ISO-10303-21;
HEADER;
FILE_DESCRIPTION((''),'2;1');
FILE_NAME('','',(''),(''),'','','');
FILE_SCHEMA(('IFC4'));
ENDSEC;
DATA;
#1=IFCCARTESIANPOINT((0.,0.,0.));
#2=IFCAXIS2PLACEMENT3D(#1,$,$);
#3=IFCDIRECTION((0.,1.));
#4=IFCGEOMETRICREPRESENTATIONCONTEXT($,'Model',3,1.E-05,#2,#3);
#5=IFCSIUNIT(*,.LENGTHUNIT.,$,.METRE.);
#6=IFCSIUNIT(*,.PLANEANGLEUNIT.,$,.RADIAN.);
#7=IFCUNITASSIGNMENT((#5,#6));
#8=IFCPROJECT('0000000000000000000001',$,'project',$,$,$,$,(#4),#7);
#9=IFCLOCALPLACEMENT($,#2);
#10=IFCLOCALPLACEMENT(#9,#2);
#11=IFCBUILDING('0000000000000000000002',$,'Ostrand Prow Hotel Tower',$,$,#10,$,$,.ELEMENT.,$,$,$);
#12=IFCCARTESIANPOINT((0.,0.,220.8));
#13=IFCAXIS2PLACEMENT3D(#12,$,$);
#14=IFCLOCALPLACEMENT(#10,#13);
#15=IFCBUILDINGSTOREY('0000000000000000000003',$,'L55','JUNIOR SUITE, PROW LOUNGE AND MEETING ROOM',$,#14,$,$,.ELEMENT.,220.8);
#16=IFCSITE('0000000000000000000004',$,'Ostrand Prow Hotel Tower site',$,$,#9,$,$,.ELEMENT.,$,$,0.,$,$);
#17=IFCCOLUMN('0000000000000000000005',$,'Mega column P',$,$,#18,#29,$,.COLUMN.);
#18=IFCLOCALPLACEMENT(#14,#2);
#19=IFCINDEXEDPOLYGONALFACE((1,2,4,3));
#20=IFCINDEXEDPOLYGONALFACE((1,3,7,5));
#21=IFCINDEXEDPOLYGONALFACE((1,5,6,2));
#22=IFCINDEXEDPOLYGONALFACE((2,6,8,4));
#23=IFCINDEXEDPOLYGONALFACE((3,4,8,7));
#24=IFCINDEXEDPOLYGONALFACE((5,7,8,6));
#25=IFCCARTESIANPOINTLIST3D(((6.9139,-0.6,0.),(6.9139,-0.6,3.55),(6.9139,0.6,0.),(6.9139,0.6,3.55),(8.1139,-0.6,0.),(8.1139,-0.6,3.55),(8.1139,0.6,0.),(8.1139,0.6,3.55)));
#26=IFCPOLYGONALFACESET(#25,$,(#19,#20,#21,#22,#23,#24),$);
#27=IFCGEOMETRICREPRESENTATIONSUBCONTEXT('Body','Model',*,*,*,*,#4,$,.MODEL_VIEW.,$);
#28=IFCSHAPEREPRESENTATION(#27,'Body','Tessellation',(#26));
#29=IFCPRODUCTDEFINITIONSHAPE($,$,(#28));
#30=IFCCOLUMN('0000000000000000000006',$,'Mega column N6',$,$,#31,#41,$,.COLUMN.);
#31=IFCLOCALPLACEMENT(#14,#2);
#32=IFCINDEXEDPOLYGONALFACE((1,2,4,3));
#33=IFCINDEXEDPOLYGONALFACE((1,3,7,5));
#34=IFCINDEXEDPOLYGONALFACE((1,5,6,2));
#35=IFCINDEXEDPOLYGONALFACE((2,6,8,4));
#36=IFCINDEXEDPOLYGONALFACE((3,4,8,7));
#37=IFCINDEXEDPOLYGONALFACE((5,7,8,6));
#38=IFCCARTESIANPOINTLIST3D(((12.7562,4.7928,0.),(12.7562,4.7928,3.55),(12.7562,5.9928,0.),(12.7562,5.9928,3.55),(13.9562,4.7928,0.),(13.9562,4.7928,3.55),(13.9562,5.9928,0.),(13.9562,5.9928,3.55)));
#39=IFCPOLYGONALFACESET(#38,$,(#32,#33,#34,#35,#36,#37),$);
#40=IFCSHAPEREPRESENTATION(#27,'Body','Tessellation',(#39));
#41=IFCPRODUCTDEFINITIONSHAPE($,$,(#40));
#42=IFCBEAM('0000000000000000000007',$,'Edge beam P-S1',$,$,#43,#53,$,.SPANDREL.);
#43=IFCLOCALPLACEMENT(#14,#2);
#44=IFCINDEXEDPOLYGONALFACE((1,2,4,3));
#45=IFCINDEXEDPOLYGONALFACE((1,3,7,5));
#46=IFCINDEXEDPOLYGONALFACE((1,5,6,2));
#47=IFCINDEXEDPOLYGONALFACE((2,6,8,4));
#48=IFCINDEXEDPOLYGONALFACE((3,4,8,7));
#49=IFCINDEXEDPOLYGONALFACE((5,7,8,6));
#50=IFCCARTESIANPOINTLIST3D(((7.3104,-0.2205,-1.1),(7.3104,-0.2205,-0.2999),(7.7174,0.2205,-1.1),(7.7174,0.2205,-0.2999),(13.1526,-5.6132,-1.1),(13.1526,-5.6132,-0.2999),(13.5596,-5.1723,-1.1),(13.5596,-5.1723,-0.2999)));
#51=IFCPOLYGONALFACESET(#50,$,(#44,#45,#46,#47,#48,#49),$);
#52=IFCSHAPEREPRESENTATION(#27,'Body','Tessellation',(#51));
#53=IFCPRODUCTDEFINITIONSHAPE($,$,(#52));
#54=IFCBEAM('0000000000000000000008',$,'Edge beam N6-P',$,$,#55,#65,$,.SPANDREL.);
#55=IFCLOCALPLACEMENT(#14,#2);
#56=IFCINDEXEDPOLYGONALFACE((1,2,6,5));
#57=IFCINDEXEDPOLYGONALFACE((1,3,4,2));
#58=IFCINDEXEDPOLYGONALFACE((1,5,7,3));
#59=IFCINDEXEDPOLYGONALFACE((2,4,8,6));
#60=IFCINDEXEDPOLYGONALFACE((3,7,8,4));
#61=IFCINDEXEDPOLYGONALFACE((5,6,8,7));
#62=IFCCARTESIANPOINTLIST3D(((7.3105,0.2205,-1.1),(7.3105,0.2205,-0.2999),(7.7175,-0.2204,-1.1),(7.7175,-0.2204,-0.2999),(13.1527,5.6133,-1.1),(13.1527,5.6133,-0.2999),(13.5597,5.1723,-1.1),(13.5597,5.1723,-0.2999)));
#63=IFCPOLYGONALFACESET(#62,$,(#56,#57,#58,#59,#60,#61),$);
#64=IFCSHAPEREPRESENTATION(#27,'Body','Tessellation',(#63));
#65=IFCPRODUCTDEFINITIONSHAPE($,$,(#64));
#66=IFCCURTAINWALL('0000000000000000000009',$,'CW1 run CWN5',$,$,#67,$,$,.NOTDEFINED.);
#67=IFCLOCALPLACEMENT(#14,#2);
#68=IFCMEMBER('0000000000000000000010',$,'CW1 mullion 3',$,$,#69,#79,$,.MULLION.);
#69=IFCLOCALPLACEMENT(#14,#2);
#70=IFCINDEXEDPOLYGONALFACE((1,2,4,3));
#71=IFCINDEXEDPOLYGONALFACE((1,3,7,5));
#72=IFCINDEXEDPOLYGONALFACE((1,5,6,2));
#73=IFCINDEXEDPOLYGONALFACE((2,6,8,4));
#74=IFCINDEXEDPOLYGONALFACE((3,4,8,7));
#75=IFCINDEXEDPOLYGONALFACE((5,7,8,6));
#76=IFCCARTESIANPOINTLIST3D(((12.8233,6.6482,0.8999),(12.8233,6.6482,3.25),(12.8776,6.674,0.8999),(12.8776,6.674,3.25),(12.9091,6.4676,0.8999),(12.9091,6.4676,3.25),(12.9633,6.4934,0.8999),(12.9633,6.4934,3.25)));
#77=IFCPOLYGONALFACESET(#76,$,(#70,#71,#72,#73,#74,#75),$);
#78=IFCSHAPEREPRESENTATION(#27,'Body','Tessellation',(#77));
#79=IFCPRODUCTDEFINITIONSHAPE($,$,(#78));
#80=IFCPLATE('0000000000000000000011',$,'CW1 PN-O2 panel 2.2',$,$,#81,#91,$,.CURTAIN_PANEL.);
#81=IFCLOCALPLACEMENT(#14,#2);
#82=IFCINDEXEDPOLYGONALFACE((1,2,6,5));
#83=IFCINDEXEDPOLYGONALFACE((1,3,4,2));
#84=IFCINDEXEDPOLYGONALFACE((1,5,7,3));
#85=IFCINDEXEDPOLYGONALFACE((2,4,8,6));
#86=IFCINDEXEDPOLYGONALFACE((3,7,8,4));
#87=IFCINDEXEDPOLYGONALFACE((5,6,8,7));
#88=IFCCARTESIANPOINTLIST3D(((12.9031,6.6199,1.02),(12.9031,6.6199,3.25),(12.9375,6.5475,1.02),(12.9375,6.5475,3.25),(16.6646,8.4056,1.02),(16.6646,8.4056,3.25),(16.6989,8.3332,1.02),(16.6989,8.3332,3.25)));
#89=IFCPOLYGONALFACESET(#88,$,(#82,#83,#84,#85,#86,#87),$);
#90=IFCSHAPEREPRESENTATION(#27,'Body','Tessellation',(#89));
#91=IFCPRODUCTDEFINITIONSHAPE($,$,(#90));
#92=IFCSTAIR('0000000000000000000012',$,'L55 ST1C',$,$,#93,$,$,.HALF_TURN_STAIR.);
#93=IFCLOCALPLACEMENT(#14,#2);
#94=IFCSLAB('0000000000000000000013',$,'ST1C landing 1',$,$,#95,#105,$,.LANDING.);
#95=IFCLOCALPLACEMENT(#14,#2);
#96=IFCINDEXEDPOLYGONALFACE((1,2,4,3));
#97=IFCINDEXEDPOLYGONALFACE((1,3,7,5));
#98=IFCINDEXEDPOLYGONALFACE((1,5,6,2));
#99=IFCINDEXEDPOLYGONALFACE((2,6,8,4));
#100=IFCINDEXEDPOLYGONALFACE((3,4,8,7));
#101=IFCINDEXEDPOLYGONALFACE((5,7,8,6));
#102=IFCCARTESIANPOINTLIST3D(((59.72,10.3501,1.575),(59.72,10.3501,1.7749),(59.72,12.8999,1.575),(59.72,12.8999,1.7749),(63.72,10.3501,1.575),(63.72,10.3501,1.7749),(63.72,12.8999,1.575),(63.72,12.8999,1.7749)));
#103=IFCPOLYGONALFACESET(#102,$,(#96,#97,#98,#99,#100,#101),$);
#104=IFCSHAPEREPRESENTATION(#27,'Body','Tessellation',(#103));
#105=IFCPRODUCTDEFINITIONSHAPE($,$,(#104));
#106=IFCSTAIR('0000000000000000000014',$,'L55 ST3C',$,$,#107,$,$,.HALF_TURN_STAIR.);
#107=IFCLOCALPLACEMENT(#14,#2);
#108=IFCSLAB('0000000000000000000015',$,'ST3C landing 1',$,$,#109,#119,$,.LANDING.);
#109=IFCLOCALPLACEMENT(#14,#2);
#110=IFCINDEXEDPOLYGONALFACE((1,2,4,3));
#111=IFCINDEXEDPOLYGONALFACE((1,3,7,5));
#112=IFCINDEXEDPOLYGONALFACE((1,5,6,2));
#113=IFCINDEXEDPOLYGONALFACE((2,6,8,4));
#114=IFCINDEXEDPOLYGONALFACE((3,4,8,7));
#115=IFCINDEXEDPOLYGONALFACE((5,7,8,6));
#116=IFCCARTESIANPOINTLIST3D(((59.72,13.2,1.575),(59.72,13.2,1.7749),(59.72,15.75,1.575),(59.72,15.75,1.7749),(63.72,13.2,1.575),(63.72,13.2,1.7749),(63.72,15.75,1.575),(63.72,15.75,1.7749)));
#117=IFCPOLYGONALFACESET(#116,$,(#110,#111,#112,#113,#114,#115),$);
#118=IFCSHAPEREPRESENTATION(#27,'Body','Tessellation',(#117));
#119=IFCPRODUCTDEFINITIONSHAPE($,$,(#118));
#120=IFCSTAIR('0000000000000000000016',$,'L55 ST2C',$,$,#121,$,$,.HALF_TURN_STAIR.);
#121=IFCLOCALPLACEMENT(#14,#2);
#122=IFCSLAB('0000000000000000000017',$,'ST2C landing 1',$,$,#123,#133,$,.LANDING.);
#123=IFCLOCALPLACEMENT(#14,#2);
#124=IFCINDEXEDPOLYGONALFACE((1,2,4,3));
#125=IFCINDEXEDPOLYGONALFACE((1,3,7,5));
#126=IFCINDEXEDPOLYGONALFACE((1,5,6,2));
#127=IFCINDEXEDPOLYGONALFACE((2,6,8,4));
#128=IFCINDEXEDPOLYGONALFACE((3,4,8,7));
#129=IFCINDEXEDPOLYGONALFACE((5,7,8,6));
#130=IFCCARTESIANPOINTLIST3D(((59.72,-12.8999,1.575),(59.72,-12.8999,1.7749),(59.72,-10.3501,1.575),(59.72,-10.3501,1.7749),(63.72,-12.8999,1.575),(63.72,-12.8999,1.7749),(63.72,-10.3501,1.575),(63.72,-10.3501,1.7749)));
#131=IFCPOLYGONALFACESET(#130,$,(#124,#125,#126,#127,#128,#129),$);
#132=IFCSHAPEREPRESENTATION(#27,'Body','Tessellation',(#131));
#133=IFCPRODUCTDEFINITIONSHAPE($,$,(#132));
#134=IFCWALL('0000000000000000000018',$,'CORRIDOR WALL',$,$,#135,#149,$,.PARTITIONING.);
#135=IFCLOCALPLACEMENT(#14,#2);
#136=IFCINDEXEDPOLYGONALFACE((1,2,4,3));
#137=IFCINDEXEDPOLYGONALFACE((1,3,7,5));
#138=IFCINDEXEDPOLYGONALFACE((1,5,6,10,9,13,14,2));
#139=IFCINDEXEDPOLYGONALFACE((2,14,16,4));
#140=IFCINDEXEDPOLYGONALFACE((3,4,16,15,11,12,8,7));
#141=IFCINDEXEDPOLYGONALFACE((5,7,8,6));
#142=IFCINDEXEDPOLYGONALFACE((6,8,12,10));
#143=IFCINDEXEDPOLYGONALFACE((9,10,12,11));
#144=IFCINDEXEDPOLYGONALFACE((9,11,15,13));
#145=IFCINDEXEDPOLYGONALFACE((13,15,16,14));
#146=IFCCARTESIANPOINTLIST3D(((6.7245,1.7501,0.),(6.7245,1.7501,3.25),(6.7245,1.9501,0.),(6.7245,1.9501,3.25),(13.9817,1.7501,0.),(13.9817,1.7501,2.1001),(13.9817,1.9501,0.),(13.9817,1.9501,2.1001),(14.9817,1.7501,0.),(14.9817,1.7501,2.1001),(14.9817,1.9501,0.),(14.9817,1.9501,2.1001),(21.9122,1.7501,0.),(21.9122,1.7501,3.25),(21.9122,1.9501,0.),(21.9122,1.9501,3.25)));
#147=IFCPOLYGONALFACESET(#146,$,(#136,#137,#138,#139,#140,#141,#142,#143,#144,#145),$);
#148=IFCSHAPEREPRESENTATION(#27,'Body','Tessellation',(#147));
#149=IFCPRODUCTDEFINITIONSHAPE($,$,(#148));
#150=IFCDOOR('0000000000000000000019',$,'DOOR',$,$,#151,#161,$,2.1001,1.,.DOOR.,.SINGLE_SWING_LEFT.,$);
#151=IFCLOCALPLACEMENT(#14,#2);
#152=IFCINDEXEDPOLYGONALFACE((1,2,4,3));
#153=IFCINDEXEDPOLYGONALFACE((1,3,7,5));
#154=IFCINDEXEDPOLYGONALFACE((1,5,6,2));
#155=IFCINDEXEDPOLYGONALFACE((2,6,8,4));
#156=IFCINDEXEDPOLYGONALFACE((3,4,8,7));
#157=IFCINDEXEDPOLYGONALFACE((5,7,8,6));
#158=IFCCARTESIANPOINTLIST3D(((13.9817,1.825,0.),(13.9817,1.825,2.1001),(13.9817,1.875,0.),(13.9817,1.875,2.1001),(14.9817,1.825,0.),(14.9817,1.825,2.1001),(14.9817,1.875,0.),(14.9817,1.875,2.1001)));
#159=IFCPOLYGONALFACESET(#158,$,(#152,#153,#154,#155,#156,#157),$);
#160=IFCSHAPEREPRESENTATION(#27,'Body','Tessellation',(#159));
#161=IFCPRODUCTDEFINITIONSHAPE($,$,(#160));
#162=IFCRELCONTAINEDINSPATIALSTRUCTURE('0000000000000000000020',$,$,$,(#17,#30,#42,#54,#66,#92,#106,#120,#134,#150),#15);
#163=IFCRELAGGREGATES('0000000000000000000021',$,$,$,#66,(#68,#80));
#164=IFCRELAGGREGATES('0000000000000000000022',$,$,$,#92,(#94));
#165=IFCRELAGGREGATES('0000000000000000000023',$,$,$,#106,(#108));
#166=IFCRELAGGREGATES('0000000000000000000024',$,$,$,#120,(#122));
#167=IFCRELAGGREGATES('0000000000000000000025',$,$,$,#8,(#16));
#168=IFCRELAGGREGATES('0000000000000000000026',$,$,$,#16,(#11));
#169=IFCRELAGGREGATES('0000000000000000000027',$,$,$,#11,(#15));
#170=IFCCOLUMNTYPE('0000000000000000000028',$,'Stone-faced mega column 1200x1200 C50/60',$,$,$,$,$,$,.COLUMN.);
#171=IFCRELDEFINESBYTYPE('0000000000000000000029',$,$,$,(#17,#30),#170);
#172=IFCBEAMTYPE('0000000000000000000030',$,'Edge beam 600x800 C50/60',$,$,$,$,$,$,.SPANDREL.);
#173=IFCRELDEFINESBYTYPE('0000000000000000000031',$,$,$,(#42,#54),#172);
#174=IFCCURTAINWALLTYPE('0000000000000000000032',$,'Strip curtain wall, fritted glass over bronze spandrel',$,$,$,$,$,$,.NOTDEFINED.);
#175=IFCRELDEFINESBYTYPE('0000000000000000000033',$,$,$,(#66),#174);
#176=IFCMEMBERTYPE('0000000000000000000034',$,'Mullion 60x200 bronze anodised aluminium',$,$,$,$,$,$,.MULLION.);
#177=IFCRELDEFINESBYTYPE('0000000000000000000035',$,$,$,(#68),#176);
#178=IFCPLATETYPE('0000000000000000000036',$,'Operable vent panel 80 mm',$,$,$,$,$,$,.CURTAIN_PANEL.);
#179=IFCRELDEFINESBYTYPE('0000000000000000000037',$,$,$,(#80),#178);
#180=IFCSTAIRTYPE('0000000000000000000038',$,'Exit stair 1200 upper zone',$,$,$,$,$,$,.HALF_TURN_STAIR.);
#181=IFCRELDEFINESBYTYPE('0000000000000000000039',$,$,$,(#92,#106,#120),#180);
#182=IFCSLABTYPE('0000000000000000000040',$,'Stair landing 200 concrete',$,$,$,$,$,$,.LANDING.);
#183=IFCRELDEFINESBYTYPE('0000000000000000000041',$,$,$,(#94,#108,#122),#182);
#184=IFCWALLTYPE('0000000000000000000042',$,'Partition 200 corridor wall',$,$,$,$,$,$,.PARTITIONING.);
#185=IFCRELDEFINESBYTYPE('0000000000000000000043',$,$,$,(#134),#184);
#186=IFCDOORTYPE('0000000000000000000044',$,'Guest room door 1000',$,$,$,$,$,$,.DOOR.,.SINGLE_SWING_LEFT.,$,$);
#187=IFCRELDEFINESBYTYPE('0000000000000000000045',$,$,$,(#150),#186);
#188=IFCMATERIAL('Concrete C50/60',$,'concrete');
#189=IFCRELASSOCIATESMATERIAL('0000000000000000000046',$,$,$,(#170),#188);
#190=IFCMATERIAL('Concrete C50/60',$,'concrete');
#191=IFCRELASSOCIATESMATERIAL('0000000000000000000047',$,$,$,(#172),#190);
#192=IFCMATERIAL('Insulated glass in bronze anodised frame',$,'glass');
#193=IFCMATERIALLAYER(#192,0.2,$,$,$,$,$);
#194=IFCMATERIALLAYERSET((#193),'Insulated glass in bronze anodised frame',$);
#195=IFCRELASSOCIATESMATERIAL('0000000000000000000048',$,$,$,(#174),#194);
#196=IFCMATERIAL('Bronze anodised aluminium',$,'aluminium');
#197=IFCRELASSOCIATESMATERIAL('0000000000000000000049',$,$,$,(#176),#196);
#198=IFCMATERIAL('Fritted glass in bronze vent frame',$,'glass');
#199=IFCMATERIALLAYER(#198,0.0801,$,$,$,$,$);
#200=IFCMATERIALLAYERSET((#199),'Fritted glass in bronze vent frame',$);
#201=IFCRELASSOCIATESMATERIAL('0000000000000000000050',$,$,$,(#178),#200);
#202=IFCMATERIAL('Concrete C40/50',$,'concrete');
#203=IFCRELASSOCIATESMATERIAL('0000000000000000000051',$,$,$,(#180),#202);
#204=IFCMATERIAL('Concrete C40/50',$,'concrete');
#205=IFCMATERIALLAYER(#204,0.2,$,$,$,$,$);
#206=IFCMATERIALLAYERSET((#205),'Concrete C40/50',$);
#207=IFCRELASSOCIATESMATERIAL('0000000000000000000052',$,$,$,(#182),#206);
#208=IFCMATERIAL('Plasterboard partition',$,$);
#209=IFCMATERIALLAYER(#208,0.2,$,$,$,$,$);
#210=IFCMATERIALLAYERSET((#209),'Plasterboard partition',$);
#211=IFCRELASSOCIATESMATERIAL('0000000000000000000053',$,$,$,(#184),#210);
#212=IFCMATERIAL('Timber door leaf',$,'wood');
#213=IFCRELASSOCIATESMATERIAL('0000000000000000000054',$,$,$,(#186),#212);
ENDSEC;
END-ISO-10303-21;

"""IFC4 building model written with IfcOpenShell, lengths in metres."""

from ifc_helpers import new_model, si_unit, direction, frame, frame_2d, origin, origin_2d, place, context, subcontext, project, spatial, polyline, rectangle, outline, extrude, material, layer, layer_set, material_profile, profile_set, type_object, element, fill, aggregate, save


model = new_model("IFC4")

# Units and contexts
model_context = context("Model", 3, precision=1e-05, world=origin(), true_north=direction((0.0, 1.0)))
body_context = subcontext(model_context, "Body", "Model", "MODEL_VIEW")
ifc_project = project(units=[si_unit("LENGTHUNIT", "METRE"), si_unit("PLANEANGLEUNIT", "RADIAN")], contexts=[model_context])

# Site, building, storey
site_placement = place(None, origin())
site = spatial("IfcSite", under=ifc_project, at=site_placement, Name="Ostrand Prow Hotel Tower site", CompositionType="ELEMENT", RefElevation=0.0)
building_placement = place(site_placement, origin())
building = spatial("IfcBuilding", under=site, at=building_placement, Name="Ostrand Prow Hotel Tower", CompositionType="ELEMENT")
storey_placement = place(building_placement, frame((0.0, 0.0, 220.8)))
storey = spatial("IfcBuildingStorey", under=building, at=storey_placement, Name="L55", Description="JUNIOR SUITE, PROW LOUNGE AND MEETING ROOM", CompositionType="ELEMENT", Elevation=220.8)

# Columns
ifc_material_1 = material(Name="Concrete C50/60", Category="concrete")
ifc_material_profile_1 = material_profile(ifc_material_1, rectangle(XDim=1.2, YDim=1.2, at=origin_2d()), Name="RC 1200x1200")
ifc_profile_set_1 = profile_set([ifc_material_profile_1], Name="Concrete C50/60")
column_type = type_object("IfcColumnType", Name="Stone-faced mega column 1200x1200 C50/60", PredefinedType="COLUMN", material=ifc_profile_set_1)
for number, where, z_axis, x_axis, name in (
    (1, (7.5139, 0.0, 0.0), (0.0, 0.0, 1.0), (1.0, 0.0, 0.0), "Mega column P"),
    (2, (13.3562, 5.3928, 0.0), (0.0, 0.0, 1.0), (1.0, 0.0, 0.0), "Mega column N6"),
):
    element("IfcColumn", number, at=place(storey_placement, frame(where, z_axis=z_axis, x_axis=x_axis)), inside=storey, type_object=column_type, Name=name, PredefinedType="COLUMN", context=body_context, shape_type="SweptSolid", body=[
        extrude(rectangle(XDim=1.2, YDim=1.2, at=origin_2d()), origin(), (0.0, 0.0, 1.0), 3.55),
    ])

# Beams
ifc_material_2 = material(Name="Concrete C50/60", Category="concrete")
ifc_material_profile_2 = material_profile(ifc_material_2, rectangle(XDim=0.6001, YDim=0.8, at=origin_2d()), Name="RC 600x800")
ifc_profile_set_2 = profile_set([ifc_material_profile_2], Name="Concrete C50/60")
beam_type = type_object("IfcBeamType", Name="Edge beam 600x800 C50/60", PredefinedType="SPANDREL", material=ifc_profile_set_2)
for number, where, z_axis, x_axis, name in (
    (3, (7.5139, 0.0, -0.7), (0.734807, -0.678276, 0.0), (0.678276, 0.734807, 0.0), "Edge beam P-S1"),
    (4, (13.3562, 5.3928, -0.7), (-0.734807, -0.678276, 0.0), (0.678276, -0.734807, 0.0), "Edge beam N6-P"),
):
    element("IfcBeam", number, at=place(storey_placement, frame(where, z_axis=z_axis, x_axis=x_axis)), inside=storey, type_object=beam_type, Name=name, PredefinedType="SPANDREL", context=body_context, shape_type="SweptSolid", body=[
        extrude(rectangle(XDim=0.6001, YDim=0.8, at=origin_2d()), origin(), (0.0, 0.0, 1.0), 7.9507),
    ])

# Curtain wall, member, plate
ifc_material_3 = material(Name="Insulated glass in bronze anodised frame", Category="glass")
ifc_layer_1 = layer(ifc_material_3, 0.2)
ifc_layer_set_1 = layer_set([ifc_layer_1], Name="Insulated glass in bronze anodised frame")
curtain_wall_type = type_object("IfcCurtainWallType", Name="Strip curtain wall, fritted glass over bronze spandrel", PredefinedType="NOTDEFINED", material=ifc_layer_set_1)
curtain_wall_placement = place(storey_placement, origin())
curtain_wall = element("IfcCurtainWall", 5, at=curtain_wall_placement, inside=storey, type_object=curtain_wall_type, Name="CW1 run CWN5", PredefinedType="NOTDEFINED")
ifc_material_4 = material(Name="Bronze anodised aluminium", Category="aluminium")
ifc_material_profile_3 = material_profile(ifc_material_4, rectangle(XDim=0.2, YDim=0.0601, at=origin_2d()), Name="Mullion 60x200 bronze anodised aluminium")
ifc_profile_set_3 = profile_set([ifc_material_profile_3], Name="Bronze anodised aluminium")
member_type = type_object("IfcMemberType", Name="Mullion 60x200 bronze anodised aluminium", PredefinedType="MULLION", material=ifc_profile_set_3)
member_placement = place(storey_placement, frame((12.8933, 6.5708, 0.8999), z_axis=(0.0, 0.0, 1.0), x_axis=(0.428861, -0.90337, 0.0)))
member = element("IfcMember", 6, at=member_placement, type_object=member_type, Name="CW1 mullion 3", PredefinedType="MULLION", context=body_context, shape_type="SweptSolid", body=[
    extrude(rectangle(XDim=0.2, YDim=0.0601, at=origin_2d()), origin(), (0.0, 0.0, 1.0), 2.3501),
])
ifc_material_5 = material(Name="Fritted glass in bronze vent frame", Category="glass")
ifc_layer_2 = layer(ifc_material_5, 0.0801)
ifc_layer_set_2 = layer_set([ifc_layer_2], Name="Fritted glass in bronze vent frame")
plate_type = type_object("IfcPlateType", Name="Operable vent panel 80 mm", PredefinedType="CURTAIN_PANEL", material=ifc_layer_set_2)
plate_placement = place(storey_placement, frame((14.801, 7.4766, 1.02), z_axis=(0.0, 0.0, 1.0), x_axis=(-0.90337, -0.428861, 0.0)))
plate = element("IfcPlate", 7, at=plate_placement, type_object=plate_type, Name="CW1 PN-O2 panel 2.2", PredefinedType="CURTAIN_PANEL", context=body_context, shape_type="SweptSolid", body=[
    extrude(rectangle(XDim=4.1638, YDim=0.0801, at=origin_2d()), origin(), (0.0, 0.0, 1.0), 2.23),
])
aggregate(curtain_wall, [member, plate])

# Stairs, slabs
ifc_material_6 = material(Name="Concrete C40/50", Category="concrete")
stair_type = type_object("IfcStairType", Name="Exit stair 1200 upper zone", PredefinedType="HALF_TURN_STAIR", material=ifc_material_6)
stair_1_placement = place(storey_placement, origin())
stair_1 = element("IfcStair", 8, at=stair_1_placement, inside=storey, type_object=stair_type, Name="L55 ST1C", PredefinedType="HALF_TURN_STAIR")
ifc_material_7 = material(Name="Concrete C40/50", Category="concrete")
ifc_layer_3 = layer(ifc_material_7, 0.2)
ifc_layer_set_3 = layer_set([ifc_layer_3], Name="Concrete C40/50")
slab_type = type_object("IfcSlabType", Name="Stair landing 200 concrete", PredefinedType="LANDING", material=ifc_layer_set_3)
slab_1_placement = place(storey_placement, frame((0.0, 0.0, 1.575)))
slab_1 = element("IfcSlab", 9, at=slab_1_placement, type_object=slab_type, Name="ST1C landing 1", PredefinedType="LANDING", context=body_context, shape_type="SweptSolid", body=[
    extrude(outline(polyline([(59.72, 10.3501), (63.72, 10.3501), (63.72, 12.8999), (59.72, 12.8999), (59.72, 10.3501)])), origin(), (0.0, 0.0, 1.0), 0.2),
])
aggregate(stair_1, [slab_1])
stair_2_placement = place(storey_placement, origin())
stair_2 = element("IfcStair", 10, at=stair_2_placement, inside=storey, type_object=stair_type, Name="L55 ST3C", PredefinedType="HALF_TURN_STAIR")
slab_2_placement = place(storey_placement, frame((0.0, 0.0, 1.575)))
slab_2 = element("IfcSlab", 11, at=slab_2_placement, type_object=slab_type, Name="ST3C landing 1", PredefinedType="LANDING", context=body_context, shape_type="SweptSolid", body=[
    extrude(outline(polyline([(59.72, 13.2), (63.72, 13.2), (63.72, 15.75), (59.72, 15.75), (59.72, 13.2)])), origin(), (0.0, 0.0, 1.0), 0.2),
])
aggregate(stair_2, [slab_2])
stair_3_placement = place(storey_placement, origin())
stair_3 = element("IfcStair", 12, at=stair_3_placement, inside=storey, type_object=stair_type, Name="L55 ST2C", PredefinedType="HALF_TURN_STAIR")
slab_3_placement = place(storey_placement, frame((0.0, 0.0, 1.575)))
slab_3 = element("IfcSlab", 13, at=slab_3_placement, type_object=slab_type, Name="ST2C landing 1", PredefinedType="LANDING", context=body_context, shape_type="SweptSolid", body=[
    extrude(outline(polyline([(59.72, -12.8999), (63.72, -12.8999), (63.72, -10.3501), (59.72, -10.3501), (59.72, -12.8999)])), origin(), (0.0, 0.0, 1.0), 0.2),
])
aggregate(stair_3, [slab_3])

# Wall, opening, door
ifc_material_8 = material(Name="Plasterboard partition")
ifc_layer_4 = layer(ifc_material_8, 0.2)
ifc_layer_set_4 = layer_set([ifc_layer_4], Name="Plasterboard partition")
wall_type_1 = type_object("IfcWallType", Name="Partition 200 corridor wall", PredefinedType="PARTITIONING", material=ifc_layer_set_4)
wall_1_placement = place(storey_placement, frame((6.7246, 1.8501, 0.0), z_axis=(0.0, 0.0, 1.0), x_axis=(1.0, 0.0, 0.0)))
wall_1 = element("IfcWall", 14, at=wall_1_placement, inside=storey, type_object=wall_type_1, Name="CORRIDOR WALL", PredefinedType="PARTITIONING", context=body_context, shape_type="SweptSolid", body=[
    extrude(rectangle(XDim=15.1877, YDim=0.2, at=frame_2d((7.5938, 0.0))), origin(), (0.0, 0.0, 1.0), 3.25),
])
opening_1_placement = place(wall_1_placement, frame((7.2571, 0.0, 0.0)))
opening_1 = element("IfcOpeningElement", 15, at=opening_1_placement, cuts=wall_1, PredefinedType="OPENING", context=body_context, shape_type="SweptSolid", body=[
    extrude(rectangle(XDim=1.0, YDim=2.1001, at=frame_2d((0.5, 1.05))), frame((0.0, 0.1099, 0.0), z_axis=(0.0, -1.0, 0.0), x_axis=(1.0, 0.0, 0.0)), (0.0, 0.0, 1.0), 0.22),
])
ifc_material_9 = material(Name="Timber door leaf", Category="wood")
door_type = type_object("IfcDoorType", Name="Guest room door 1000", OperationType="SINGLE_SWING_LEFT", PredefinedType="DOOR", material=ifc_material_9)
door_placement = place(opening_1_placement, origin())
door = element("IfcDoor", 16, at=door_placement, inside=storey, type_object=door_type, Name="DOOR", OperationType="SINGLE_SWING_LEFT", OverallHeight=2.1001, OverallWidth=1.0, PredefinedType="DOOR", context=body_context, shape_type="SweptSolid", body=[
    extrude(rectangle(XDim=1.0, YDim=2.1001, at=frame_2d((0.5, 1.05))), frame((0.0, 0.0249, 0.0), z_axis=(0.0, -1.0, 0.0), x_axis=(1.0, 0.0, 0.0)), (0.0, 0.0, 1.0), 0.05),
])
fill(opening_1, door)

save(model, "model.ifc")
